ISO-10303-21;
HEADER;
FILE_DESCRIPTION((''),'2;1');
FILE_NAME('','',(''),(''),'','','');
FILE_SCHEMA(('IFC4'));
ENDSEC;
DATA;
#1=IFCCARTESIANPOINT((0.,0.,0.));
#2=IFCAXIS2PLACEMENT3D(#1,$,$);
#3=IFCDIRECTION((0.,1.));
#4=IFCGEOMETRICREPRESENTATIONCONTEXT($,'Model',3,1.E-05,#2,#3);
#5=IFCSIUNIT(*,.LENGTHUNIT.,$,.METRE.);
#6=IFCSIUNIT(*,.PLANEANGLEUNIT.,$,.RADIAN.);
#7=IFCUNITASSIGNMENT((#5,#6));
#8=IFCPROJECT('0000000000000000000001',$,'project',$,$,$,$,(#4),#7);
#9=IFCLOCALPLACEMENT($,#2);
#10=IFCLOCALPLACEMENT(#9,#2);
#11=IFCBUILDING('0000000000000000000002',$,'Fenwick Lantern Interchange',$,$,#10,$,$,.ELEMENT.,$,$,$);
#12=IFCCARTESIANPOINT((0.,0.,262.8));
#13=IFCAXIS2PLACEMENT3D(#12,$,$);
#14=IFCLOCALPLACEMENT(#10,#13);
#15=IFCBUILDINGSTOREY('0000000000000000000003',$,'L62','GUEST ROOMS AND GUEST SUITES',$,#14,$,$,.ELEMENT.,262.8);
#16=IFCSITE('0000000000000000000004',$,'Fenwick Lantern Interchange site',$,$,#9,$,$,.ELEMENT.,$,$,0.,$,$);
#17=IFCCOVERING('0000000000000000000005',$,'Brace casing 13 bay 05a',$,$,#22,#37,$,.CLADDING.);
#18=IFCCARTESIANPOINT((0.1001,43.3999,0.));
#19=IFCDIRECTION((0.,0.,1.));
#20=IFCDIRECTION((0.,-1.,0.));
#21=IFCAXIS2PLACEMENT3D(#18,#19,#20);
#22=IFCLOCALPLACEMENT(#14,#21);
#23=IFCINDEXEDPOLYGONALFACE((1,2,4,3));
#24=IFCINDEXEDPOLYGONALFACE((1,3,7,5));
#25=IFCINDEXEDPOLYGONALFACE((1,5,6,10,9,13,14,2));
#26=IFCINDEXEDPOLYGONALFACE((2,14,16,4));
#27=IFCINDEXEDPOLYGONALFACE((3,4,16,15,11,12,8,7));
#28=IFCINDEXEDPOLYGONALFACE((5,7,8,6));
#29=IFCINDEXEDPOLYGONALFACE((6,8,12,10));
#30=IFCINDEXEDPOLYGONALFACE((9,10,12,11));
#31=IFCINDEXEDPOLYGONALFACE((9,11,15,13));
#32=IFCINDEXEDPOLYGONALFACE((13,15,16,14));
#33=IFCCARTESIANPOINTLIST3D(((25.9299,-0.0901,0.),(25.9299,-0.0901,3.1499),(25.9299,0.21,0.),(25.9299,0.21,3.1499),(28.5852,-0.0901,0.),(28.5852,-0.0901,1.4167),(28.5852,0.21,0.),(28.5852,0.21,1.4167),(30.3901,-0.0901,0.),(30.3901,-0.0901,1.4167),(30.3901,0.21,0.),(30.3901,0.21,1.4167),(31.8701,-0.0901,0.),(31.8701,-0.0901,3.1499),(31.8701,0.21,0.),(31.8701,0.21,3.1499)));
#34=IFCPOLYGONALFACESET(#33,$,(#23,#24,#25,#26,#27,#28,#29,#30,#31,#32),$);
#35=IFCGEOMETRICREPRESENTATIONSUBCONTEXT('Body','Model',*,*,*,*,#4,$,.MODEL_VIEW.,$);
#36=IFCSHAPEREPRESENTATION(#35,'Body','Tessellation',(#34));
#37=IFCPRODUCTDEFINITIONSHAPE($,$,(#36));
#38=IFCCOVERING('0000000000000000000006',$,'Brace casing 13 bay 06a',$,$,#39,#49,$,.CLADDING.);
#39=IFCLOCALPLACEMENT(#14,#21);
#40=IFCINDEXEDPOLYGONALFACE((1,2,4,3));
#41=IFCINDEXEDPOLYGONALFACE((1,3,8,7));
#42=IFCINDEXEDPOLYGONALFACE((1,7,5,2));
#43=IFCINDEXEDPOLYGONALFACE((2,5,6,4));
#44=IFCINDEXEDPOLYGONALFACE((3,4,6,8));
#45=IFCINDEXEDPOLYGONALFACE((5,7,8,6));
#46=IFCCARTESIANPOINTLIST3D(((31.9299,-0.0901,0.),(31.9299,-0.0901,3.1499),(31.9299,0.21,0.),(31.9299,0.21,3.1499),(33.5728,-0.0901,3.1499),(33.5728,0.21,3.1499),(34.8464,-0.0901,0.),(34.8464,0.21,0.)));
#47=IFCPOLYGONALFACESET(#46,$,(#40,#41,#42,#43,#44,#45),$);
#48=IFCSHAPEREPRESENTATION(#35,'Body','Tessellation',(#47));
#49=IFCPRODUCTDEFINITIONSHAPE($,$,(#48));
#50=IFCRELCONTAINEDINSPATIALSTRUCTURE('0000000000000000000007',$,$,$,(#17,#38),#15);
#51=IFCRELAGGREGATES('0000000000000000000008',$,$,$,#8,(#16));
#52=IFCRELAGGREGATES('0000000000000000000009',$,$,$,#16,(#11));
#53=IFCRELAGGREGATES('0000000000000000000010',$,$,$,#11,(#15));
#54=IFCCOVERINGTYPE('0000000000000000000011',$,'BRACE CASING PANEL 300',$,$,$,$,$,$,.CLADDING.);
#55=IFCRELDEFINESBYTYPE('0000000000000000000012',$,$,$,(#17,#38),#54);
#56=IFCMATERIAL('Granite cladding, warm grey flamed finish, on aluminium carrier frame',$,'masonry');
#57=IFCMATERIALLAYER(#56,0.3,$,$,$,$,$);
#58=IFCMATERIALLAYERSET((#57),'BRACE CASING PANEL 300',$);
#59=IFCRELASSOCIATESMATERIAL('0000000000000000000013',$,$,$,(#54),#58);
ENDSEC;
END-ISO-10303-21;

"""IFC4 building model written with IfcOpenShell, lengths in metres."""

from ifc_helpers import new_model, si_unit, direction, frame, origin, place, context, subcontext, project, spatial, polyline, outline, extrude, material, layer, layer_set, type_object, element, save


model = new_model("IFC4")

# Units and contexts
model_context = context("Model", 3, precision=1e-05, world=origin(), true_north=direction((0.0, 1.0)))
body_context = subcontext(model_context, "Body", "Model", "MODEL_VIEW")
ifc_project = project(units=[si_unit("LENGTHUNIT", "METRE"), si_unit("PLANEANGLEUNIT", "RADIAN")], contexts=[model_context])

# Site, building, storey
site_placement = place(None, origin())
site = spatial("IfcSite", under=ifc_project, at=site_placement, Name="Fenwick Lantern Interchange site", CompositionType="ELEMENT", RefElevation=0.0)
building_placement = place(site_placement, origin())
building = spatial("IfcBuilding", under=site, at=building_placement, Name="Fenwick Lantern Interchange", CompositionType="ELEMENT")
storey_placement = place(building_placement, frame((0.0, 0.0, 262.8)))
storey = spatial("IfcBuildingStorey", under=building, at=storey_placement, Name="L62", Description="GUEST ROOMS AND GUEST SUITES", CompositionType="ELEMENT", Elevation=262.8)

# Coverings
ifc_material_1 = material(Name="Granite cladding, warm grey flamed finish, on aluminium carrier frame", Category="masonry")
ifc_layer_1 = layer(ifc_material_1, 0.3)
ifc_layer_set_1 = layer_set([ifc_layer_1], Name="BRACE CASING PANEL 300")
covering_type = type_object("IfcCoveringType", Name="BRACE CASING PANEL 300", PredefinedType="CLADDING", material=ifc_layer_set_1)
covering_1_placement = place(storey_placement, frame((0.1001, 43.3999, 0.0), z_axis=(0.0, 0.0, 1.0), x_axis=(0.0, -1.0, 0.0)))
element("IfcCovering", 1, at=covering_1_placement, inside=storey, type_object=covering_type, Name="Brace casing 13 bay 05a", PredefinedType="CLADDING", context=body_context, shape_type="SweptSolid", body=[
    extrude(outline(polyline([(25.9299, 0.0), (28.5852, 0.0), (28.5852, 1.4167), (30.3901, 1.4167), (30.3901, 0.0), (31.8701, 0.0), (31.8701, 3.1499), (25.9299, 3.1499), (25.9299, 0.0)])), frame((0.0, 0.21, 0.0), z_axis=(0.0, -1.0, 0.0), x_axis=(1.0, 0.0, 0.0)), (0.0, 0.0, 1.0), 0.3),
])
covering_2_placement = place(storey_placement, frame((0.1001, 43.3999, 0.0), z_axis=(0.0, 0.0, 1.0), x_axis=(0.0, -1.0, 0.0)))
element("IfcCovering", 2, at=covering_2_placement, inside=storey, type_object=covering_type, Name="Brace casing 13 bay 06a", PredefinedType="CLADDING", context=body_context, shape_type="SweptSolid", body=[
    extrude(outline(polyline([(31.9299, 0.0), (34.8464, 0.0), (33.5728, 3.1499), (31.9299, 3.1499), (31.9299, 0.0)])), frame((0.0, 0.21, 0.0), z_axis=(0.0, -1.0, 0.0), x_axis=(1.0, 0.0, 0.0)), (0.0, 0.0, 1.0), 0.3),
])

save(model, "model.ifc")
